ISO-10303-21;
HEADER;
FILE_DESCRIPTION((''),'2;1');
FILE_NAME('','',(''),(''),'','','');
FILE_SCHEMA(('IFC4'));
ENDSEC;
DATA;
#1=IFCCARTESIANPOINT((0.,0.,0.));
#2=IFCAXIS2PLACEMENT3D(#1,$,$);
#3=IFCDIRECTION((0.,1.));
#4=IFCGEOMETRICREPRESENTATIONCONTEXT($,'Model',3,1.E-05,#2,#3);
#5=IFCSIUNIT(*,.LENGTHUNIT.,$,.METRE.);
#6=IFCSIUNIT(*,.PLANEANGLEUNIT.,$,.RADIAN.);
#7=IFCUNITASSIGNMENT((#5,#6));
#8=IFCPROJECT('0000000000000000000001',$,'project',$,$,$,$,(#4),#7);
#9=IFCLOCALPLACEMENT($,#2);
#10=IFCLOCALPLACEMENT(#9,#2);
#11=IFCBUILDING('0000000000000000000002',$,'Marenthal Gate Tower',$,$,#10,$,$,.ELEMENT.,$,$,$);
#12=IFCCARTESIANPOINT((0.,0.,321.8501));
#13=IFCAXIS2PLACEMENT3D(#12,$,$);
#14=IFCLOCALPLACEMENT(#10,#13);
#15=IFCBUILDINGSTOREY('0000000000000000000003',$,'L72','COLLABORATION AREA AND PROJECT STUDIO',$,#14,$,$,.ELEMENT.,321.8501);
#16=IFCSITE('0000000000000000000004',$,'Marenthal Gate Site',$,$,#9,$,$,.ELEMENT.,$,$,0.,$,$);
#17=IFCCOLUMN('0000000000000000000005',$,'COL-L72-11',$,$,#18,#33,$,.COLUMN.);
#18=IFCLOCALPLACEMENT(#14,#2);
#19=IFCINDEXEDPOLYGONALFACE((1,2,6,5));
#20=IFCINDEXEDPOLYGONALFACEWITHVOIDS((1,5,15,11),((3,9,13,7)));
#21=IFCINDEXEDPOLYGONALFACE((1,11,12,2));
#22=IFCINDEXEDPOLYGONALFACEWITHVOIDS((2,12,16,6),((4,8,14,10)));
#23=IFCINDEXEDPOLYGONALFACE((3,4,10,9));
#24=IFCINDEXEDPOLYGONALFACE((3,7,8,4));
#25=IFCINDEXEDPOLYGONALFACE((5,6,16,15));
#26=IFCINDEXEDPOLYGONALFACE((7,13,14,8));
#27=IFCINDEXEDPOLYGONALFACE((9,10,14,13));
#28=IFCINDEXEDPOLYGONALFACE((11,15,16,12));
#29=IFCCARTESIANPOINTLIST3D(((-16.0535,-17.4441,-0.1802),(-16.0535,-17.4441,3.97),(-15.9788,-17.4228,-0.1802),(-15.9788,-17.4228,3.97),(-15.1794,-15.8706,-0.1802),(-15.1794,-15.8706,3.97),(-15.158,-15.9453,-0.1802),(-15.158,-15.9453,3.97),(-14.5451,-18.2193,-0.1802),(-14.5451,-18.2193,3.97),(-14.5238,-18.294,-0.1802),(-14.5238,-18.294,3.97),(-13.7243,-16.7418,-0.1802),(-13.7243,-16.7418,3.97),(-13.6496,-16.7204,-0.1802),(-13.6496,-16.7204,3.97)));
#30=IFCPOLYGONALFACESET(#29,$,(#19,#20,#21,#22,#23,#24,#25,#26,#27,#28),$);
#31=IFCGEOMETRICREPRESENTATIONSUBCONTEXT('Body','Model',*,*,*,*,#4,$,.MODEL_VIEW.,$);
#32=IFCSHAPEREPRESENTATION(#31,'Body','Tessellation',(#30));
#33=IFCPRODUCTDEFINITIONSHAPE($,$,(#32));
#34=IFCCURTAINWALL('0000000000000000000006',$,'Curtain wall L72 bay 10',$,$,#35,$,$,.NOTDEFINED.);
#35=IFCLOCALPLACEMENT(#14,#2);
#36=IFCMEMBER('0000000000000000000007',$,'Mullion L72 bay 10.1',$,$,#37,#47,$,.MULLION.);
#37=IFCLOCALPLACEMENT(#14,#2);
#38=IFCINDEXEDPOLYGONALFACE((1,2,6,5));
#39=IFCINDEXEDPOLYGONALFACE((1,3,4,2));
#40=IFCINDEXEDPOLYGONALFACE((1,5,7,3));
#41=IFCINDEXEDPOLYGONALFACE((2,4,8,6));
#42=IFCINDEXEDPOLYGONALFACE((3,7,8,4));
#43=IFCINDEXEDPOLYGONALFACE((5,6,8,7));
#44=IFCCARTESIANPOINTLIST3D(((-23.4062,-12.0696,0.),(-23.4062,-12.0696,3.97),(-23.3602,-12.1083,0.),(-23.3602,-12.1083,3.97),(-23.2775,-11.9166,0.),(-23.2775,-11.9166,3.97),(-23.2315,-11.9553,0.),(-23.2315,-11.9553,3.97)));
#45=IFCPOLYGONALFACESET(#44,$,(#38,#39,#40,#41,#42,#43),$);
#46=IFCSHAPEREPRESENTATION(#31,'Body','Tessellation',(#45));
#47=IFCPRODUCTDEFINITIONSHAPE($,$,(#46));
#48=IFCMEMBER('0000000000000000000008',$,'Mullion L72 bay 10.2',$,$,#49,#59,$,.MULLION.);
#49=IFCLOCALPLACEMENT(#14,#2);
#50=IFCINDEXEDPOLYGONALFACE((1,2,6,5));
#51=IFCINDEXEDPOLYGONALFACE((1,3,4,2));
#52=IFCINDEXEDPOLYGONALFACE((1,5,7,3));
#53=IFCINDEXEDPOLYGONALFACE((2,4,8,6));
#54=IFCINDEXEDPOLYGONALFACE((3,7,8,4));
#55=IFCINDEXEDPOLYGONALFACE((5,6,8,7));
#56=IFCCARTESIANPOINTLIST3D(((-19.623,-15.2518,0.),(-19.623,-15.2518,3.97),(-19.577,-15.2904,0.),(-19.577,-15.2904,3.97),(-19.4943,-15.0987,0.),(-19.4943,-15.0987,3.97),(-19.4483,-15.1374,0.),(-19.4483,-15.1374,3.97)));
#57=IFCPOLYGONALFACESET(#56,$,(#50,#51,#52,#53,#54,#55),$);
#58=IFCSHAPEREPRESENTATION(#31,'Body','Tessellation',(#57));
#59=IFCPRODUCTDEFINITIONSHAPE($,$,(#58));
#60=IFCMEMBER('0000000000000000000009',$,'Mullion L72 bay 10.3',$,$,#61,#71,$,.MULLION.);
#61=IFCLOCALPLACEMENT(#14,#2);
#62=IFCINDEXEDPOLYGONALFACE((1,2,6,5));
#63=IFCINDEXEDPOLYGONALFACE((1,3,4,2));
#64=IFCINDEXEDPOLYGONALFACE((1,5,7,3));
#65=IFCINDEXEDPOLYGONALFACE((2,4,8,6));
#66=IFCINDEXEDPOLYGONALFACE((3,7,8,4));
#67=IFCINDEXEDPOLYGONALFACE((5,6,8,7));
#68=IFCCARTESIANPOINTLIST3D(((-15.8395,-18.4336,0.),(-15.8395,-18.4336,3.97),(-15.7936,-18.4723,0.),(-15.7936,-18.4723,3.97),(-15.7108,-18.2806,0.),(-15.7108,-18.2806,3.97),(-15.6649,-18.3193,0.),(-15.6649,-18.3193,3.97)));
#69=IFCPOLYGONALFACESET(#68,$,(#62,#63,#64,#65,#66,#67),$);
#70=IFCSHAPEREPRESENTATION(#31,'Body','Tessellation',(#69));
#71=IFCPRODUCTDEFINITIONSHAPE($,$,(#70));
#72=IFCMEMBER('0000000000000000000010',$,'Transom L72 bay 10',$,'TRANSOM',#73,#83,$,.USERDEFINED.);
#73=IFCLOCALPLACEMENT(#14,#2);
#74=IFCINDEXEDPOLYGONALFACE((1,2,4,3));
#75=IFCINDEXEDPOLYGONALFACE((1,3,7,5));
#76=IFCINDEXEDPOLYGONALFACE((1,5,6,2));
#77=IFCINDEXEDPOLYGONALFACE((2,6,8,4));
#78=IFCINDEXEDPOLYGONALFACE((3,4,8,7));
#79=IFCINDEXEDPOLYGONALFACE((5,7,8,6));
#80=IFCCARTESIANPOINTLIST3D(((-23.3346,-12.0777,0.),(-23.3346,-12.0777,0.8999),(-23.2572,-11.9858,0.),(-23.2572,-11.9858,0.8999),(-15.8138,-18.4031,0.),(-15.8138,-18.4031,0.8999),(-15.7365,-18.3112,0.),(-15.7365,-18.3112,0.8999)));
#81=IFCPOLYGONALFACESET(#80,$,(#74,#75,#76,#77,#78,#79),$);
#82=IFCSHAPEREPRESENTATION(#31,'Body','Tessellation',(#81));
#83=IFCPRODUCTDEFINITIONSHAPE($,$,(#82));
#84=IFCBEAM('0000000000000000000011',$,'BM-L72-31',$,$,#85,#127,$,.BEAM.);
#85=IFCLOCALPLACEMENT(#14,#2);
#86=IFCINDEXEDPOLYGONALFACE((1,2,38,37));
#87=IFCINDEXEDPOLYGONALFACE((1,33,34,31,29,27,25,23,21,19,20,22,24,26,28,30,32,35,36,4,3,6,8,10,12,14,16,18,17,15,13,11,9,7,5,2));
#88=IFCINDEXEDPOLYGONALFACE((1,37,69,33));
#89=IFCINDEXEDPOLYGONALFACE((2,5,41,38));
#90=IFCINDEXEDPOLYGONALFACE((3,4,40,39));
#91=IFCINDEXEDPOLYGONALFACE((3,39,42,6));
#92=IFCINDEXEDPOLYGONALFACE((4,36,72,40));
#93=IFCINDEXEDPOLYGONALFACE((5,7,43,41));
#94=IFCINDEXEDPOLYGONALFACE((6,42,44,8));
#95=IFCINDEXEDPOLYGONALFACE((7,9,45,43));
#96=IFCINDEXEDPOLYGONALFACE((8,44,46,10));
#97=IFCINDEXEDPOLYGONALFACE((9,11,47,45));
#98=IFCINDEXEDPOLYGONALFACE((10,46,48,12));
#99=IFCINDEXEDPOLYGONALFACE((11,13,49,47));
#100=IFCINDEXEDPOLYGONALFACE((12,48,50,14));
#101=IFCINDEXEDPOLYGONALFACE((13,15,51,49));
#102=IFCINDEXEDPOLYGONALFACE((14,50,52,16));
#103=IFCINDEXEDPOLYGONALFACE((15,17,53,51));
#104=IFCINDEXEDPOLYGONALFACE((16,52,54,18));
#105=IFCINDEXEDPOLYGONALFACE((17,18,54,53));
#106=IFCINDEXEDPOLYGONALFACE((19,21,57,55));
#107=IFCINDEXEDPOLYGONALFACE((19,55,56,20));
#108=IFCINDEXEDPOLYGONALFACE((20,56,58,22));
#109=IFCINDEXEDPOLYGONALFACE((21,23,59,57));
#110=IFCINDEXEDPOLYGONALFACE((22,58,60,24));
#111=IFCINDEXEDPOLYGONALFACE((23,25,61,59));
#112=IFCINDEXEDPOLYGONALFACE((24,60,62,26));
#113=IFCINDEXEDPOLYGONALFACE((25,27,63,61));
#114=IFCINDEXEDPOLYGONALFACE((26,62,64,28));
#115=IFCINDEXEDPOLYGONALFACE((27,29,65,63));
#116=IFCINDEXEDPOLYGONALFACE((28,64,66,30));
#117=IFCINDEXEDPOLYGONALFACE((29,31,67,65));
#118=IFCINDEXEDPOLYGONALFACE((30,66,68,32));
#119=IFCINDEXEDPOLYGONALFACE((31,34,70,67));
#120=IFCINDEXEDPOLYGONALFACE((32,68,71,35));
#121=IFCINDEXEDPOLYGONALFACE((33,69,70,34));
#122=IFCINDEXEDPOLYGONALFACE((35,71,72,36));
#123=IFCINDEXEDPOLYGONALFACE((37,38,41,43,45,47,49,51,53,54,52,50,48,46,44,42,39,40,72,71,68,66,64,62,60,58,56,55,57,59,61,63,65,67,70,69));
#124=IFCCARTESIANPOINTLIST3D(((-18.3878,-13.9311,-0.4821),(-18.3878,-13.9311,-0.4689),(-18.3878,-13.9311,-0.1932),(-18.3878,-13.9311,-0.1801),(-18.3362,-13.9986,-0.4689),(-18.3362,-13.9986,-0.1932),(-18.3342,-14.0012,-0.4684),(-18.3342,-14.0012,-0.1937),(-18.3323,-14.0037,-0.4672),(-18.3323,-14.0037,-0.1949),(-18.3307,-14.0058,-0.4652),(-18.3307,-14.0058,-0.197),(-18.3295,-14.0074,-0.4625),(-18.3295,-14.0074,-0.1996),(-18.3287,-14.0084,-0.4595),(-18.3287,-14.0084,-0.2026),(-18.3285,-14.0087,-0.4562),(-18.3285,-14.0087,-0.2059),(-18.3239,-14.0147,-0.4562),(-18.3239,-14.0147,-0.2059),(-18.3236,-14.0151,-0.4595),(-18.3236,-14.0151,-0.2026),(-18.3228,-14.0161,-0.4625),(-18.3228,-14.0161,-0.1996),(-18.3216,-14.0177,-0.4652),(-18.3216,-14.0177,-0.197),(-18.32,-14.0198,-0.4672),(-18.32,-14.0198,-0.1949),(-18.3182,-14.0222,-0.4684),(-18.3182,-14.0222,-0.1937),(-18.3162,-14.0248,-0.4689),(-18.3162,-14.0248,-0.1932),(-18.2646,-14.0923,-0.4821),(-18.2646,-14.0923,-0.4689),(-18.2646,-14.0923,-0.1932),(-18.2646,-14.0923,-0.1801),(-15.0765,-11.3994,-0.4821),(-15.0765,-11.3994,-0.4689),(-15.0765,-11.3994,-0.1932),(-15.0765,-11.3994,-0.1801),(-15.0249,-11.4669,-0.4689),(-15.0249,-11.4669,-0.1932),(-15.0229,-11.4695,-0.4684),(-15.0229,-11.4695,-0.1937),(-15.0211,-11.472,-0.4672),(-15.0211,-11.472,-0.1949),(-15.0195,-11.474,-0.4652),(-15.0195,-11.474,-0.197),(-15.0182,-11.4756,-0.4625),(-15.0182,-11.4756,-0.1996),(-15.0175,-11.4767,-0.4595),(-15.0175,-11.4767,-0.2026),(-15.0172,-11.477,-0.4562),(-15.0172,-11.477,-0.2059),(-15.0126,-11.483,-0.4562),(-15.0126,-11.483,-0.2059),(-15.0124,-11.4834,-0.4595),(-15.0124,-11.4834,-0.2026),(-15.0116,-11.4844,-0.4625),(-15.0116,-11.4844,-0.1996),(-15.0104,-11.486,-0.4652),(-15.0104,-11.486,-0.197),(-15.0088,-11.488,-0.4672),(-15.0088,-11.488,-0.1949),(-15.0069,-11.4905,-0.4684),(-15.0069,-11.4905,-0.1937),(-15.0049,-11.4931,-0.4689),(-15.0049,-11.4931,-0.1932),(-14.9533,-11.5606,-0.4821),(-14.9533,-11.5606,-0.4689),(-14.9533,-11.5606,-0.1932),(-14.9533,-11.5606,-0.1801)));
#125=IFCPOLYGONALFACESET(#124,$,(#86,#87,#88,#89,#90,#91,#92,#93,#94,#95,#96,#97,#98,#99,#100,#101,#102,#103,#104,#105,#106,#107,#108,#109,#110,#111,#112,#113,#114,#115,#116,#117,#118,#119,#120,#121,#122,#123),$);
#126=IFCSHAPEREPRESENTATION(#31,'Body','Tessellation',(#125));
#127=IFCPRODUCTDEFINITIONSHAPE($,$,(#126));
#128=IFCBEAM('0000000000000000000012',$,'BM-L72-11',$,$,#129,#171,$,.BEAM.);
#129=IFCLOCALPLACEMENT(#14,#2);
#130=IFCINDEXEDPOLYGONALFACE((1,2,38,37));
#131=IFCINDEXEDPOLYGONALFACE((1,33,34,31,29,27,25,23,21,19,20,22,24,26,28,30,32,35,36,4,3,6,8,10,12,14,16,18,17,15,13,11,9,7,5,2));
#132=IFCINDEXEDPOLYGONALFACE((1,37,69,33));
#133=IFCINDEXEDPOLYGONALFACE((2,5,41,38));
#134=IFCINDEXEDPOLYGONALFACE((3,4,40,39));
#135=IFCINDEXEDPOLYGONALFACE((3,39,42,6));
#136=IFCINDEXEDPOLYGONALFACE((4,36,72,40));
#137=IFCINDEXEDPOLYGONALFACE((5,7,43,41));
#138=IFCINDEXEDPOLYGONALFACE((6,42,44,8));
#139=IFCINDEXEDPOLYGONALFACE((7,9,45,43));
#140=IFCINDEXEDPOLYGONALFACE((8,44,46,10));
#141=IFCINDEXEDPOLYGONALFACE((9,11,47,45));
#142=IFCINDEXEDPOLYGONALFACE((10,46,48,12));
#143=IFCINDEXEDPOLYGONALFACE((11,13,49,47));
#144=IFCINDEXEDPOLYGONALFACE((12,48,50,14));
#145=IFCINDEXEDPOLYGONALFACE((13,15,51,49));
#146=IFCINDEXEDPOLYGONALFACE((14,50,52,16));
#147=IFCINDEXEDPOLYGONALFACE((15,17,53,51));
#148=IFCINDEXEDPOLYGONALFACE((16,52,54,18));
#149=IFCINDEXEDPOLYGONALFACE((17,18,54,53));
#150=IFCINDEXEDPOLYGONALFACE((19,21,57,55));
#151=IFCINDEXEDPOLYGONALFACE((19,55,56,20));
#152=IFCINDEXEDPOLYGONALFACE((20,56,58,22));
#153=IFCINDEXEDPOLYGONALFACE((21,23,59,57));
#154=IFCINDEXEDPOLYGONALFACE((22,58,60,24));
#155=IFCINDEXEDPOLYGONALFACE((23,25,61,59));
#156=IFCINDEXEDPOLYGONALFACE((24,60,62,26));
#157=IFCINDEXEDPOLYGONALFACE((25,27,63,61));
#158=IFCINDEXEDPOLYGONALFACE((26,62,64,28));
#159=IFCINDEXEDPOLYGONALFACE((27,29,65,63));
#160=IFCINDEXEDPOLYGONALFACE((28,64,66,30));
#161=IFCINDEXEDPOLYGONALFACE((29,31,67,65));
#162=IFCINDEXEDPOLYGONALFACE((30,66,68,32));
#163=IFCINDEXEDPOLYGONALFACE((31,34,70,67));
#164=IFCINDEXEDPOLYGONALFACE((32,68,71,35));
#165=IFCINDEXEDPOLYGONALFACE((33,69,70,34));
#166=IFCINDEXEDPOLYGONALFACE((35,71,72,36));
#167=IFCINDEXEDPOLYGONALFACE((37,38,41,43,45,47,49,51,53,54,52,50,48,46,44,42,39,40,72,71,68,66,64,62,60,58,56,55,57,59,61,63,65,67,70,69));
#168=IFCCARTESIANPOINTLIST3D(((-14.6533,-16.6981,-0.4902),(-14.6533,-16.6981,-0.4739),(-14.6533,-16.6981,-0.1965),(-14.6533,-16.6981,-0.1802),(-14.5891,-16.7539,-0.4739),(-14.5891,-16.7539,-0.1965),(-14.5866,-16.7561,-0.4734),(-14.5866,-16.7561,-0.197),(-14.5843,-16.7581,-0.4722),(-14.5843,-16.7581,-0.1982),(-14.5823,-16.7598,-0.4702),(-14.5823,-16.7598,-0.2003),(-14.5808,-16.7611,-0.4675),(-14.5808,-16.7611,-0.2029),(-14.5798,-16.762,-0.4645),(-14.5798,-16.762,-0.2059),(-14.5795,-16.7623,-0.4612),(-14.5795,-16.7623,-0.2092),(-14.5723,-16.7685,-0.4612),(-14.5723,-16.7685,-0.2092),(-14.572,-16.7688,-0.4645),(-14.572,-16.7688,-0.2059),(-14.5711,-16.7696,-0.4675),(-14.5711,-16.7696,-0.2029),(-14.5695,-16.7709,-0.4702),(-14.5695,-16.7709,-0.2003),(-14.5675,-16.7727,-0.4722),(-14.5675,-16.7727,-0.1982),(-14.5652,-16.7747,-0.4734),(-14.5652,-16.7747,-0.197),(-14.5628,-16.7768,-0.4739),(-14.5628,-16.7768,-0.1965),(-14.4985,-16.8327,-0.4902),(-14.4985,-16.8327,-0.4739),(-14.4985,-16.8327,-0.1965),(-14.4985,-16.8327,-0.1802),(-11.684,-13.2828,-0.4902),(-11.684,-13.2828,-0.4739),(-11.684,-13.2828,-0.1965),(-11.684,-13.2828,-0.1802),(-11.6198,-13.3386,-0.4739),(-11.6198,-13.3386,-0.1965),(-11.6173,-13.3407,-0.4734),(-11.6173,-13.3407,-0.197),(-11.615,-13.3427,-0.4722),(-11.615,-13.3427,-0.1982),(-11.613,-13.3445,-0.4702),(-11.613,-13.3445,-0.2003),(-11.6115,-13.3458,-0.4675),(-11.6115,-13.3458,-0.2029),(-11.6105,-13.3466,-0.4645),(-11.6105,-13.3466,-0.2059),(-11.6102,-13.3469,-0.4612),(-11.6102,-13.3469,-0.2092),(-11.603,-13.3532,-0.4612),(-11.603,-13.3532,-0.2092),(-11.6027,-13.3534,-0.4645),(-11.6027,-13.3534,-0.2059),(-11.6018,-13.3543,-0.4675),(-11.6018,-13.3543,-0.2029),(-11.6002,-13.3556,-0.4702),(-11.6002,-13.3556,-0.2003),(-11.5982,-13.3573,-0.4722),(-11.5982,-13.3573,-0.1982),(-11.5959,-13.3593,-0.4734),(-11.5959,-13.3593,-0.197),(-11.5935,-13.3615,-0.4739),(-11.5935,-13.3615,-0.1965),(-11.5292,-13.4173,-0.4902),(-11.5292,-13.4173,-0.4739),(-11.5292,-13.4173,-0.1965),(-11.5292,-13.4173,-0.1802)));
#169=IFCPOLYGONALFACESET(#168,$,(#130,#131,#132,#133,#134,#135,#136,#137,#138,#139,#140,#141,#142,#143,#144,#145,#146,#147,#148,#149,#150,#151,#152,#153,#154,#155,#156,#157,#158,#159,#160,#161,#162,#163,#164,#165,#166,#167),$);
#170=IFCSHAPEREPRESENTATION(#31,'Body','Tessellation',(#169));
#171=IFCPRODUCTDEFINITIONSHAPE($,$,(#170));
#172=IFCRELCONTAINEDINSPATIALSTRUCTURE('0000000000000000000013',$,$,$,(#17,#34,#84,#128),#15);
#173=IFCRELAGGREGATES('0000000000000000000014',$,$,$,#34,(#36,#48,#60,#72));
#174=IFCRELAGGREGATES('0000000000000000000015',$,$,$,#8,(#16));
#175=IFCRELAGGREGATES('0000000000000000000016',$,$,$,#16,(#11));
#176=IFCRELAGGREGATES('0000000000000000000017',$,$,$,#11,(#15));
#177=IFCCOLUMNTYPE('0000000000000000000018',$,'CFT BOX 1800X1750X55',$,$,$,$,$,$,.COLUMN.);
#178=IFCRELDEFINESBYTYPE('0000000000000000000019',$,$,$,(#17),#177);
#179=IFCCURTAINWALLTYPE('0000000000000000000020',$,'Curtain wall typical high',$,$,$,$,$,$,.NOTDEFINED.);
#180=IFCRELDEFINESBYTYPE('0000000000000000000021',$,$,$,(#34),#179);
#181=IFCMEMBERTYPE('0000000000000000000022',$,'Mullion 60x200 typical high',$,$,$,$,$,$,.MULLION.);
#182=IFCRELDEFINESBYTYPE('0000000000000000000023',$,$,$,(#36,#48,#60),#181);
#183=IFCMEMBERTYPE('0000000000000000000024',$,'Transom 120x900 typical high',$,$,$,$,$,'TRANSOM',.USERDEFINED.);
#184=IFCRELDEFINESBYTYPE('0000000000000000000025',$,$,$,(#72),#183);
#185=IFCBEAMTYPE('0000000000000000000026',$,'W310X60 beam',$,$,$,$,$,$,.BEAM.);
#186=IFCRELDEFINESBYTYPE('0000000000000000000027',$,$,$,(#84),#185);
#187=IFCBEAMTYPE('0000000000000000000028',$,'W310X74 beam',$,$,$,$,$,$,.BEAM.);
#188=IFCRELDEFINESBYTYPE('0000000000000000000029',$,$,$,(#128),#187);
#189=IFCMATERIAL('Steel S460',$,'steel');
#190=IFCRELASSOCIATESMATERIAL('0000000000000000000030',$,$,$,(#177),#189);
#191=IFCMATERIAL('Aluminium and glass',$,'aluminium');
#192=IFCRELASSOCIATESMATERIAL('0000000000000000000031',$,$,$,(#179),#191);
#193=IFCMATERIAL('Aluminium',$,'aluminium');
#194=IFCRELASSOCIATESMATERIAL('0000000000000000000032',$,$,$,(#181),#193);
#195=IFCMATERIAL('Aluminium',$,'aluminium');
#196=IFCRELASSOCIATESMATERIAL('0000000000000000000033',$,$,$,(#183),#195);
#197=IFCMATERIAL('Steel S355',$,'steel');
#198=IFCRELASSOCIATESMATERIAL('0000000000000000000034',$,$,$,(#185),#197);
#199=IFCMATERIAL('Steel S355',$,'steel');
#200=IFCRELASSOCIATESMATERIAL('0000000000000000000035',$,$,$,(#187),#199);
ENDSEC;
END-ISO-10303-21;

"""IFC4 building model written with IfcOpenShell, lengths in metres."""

from ifc_helpers import new_model, si_unit, direction, frame, origin, origin_2d, place, context, subcontext, project, spatial, rectangle, hollow_rectangle, i_section, extrude, material, material_profile, profile_set, type_object, element, aggregate, save


model = new_model("IFC4")

# Units and contexts
model_context = context("Model", 3, precision=1e-05, world=origin(), true_north=direction((0.0, 1.0)))
body_context = subcontext(model_context, "Body", "Model", "MODEL_VIEW")
ifc_project = project(units=[si_unit("LENGTHUNIT", "METRE"), si_unit("PLANEANGLEUNIT", "RADIAN")], contexts=[model_context])

# Site, building, storey
site_placement = place(None, origin())
site = spatial("IfcSite", under=ifc_project, at=site_placement, Name="Marenthal Gate Site", CompositionType="ELEMENT", RefElevation=0.0)
building_placement = place(site_placement, origin())
building = spatial("IfcBuilding", under=site, at=building_placement, Name="Marenthal Gate Tower", CompositionType="ELEMENT")
storey_placement = place(building_placement, frame((0.0, 0.0, 321.8501)))
storey = spatial("IfcBuildingStorey", under=building, at=storey_placement, Name="L72", Description="COLLABORATION AREA AND PROJECT STUDIO", CompositionType="ELEMENT", Elevation=321.8501)

# Column
ifc_material_1 = material(Name="Steel S460", Category="steel")
ifc_material_profile_1 = material_profile(ifc_material_1, hollow_rectangle(XDim=1.75, YDim=1.8, WallThickness=0.0549, at=origin_2d()), Name="CFT BOX 1800X1750X55")
ifc_material_2 = material(Name="Concrete 70 MPa", Category="concrete")
ifc_material_profile_2 = material_profile(ifc_material_2, rectangle(XDim=1.6399, YDim=1.6899, at=origin_2d()), Name="CFT BOX 1800X1750X55 INFILL")
ifc_profile_set_1 = profile_set([ifc_material_profile_1, ifc_material_profile_2], Name="Steel S460 shell, Concrete 70 MPa infill")
column_type = type_object("IfcColumnType", Name="CFT BOX 1800X1750X55", PredefinedType="COLUMN", material=ifc_profile_set_1)
column_placement = place(storey_placement, frame((-14.8516, -17.0823, -0.1802), z_axis=(0.0, 0.0, 1.0), x_axis=(-0.874163, 0.485632, 0.0)))
element("IfcColumn", 1, at=column_placement, inside=storey, type_object=column_type, Name="COL-L72-11", PredefinedType="COLUMN", context=body_context, shape_type="SweptSolid", body=[
    extrude(hollow_rectangle(XDim=1.75, YDim=1.8, WallThickness=0.0549, at=origin_2d()), origin(), (0.0, 0.0, 1.0), 4.1501),
])

# Curtain wall, members
ifc_material_3 = material(Name="Aluminium and glass", Category="aluminium")
curtain_wall_type = type_object("IfcCurtainWallType", Name="Curtain wall typical high", PredefinedType="NOTDEFINED", material=ifc_material_3)
curtain_wall_placement = place(storey_placement, origin())
curtain_wall = element("IfcCurtainWall", 2, at=curtain_wall_placement, inside=storey, type_object=curtain_wall_type, Name="Curtain wall L72 bay 10", PredefinedType="NOTDEFINED")
ifc_material_4 = material(Name="Aluminium", Category="aluminium")
ifc_material_profile_3 = material_profile(ifc_material_4, rectangle(XDim=0.2, YDim=0.0601, at=origin_2d()), Name="60x200 aluminium mullion")
ifc_profile_set_2 = profile_set([ifc_material_profile_3], Name="Aluminium")
member_type_1 = type_object("IfcMemberType", Name="Mullion 60x200 typical high", PredefinedType="MULLION", material=ifc_profile_set_2)
member_1_placement = place(storey_placement, frame((-23.3188, -12.0125, 0.0), z_axis=(0.0, 0.0, 1.0), x_axis=(0.643676, 0.765298, 0.0)))
member_1 = element("IfcMember", 3, at=member_1_placement, type_object=member_type_1, Name="Mullion L72 bay 10.1", PredefinedType="MULLION", context=body_context, shape_type="SweptSolid", body=[
    extrude(rectangle(XDim=0.2, YDim=0.0601, at=origin_2d()), origin(), (0.0, 0.0, 1.0), 3.97),
])
member_2_placement = place(storey_placement, frame((-19.5356, -15.1946, 0.0), z_axis=(0.0, 0.0, 1.0), x_axis=(0.643676, 0.765298, 0.0)))
member_2 = element("IfcMember", 4, at=member_2_placement, type_object=member_type_1, Name="Mullion L72 bay 10.2", PredefinedType="MULLION", context=body_context, shape_type="SweptSolid", body=[
    extrude(rectangle(XDim=0.2, YDim=0.0601, at=origin_2d()), origin(), (0.0, 0.0, 1.0), 3.97),
])
member_3_placement = place(storey_placement, frame((-15.7522, -18.3765, 0.0), z_axis=(0.0, 0.0, 1.0), x_axis=(0.643676, 0.765298, 0.0)))
member_3 = element("IfcMember", 5, at=member_3_placement, type_object=member_type_1, Name="Mullion L72 bay 10.3", PredefinedType="MULLION", context=body_context, shape_type="SweptSolid", body=[
    extrude(rectangle(XDim=0.2, YDim=0.0601, at=origin_2d()), origin(), (0.0, 0.0, 1.0), 3.97),
])
ifc_material_5 = material(Name="Aluminium", Category="aluminium")
ifc_material_profile_4 = material_profile(ifc_material_5, rectangle(XDim=0.1201, YDim=0.8999, at=origin_2d()), Name="120x900 aluminium transom")
ifc_profile_set_3 = profile_set([ifc_material_profile_4], Name="Aluminium")
member_type_2 = type_object("IfcMemberType", Name="Transom 120x900 typical high", ElementType="TRANSOM", PredefinedType="USERDEFINED", material=ifc_profile_set_3)
member_4_placement = place(storey_placement, frame((-23.2959, -12.0317, 0.45), z_axis=(0.765303, -0.64367, 0.0), x_axis=(0.64367, 0.765303, 0.0)))
member_4 = element("IfcMember", 6, at=member_4_placement, type_object=member_type_2, Name="Transom L72 bay 10", ObjectType="TRANSOM", PredefinedType="USERDEFINED", context=body_context, shape_type="SweptSolid", body=[
    extrude(rectangle(XDim=0.1201, YDim=0.8999, at=origin_2d()), origin(), (0.0, 0.0, 1.0), 9.8271),
])

# Beams
ifc_material_6 = material(Name="Steel S355", Category="steel")
ifc_material_profile_5 = material_profile(ifc_material_6, i_section(OverallWidth=0.2029, OverallDepth=0.302, WebThickness=0.0076, FlangeThickness=0.0132, FilletRadius=0.0127, at=origin_2d()), Name="W310X60")
ifc_profile_set_4 = profile_set([ifc_material_profile_5], Name="Steel S355")
beam_type_1 = type_object("IfcBeamType", Name="W310X60 beam", PredefinedType="BEAM", material=ifc_profile_set_4)
beam_1_placement = place(storey_placement, frame((-18.3262, -14.0117, -0.3311), z_axis=(0.794406, 0.607387, 0.0), x_axis=(-0.607387, 0.794406, 0.0)))
element("IfcBeam", 7, at=beam_1_placement, inside=storey, type_object=beam_type_1, Name="BM-L72-31", PredefinedType="BEAM", context=body_context, shape_type="SweptSolid", body=[
    extrude(i_section(OverallWidth=0.2029, OverallDepth=0.302, WebThickness=0.0076, FlangeThickness=0.0132, FilletRadius=0.0127, at=origin_2d()), origin(), (0.0, 0.0, 1.0), 4.1682),
])
ifc_material_7 = material(Name="Steel S355", Category="steel")
ifc_material_profile_6 = material_profile(ifc_material_7, i_section(OverallWidth=0.2051, OverallDepth=0.3101, WebThickness=0.0095, FlangeThickness=0.0164, FilletRadius=0.0127, at=origin_2d()), Name="W310X74")
ifc_profile_set_5 = profile_set([ifc_material_profile_6], Name="Steel S355")
beam_type_2 = type_object("IfcBeamType", Name="W310X74 beam", PredefinedType="BEAM", material=ifc_profile_set_5)
beam_2_placement = place(storey_placement, frame((-14.5759, -16.7654, -0.3352), z_axis=(0.656107, 0.754668, 0.0), x_axis=(-0.754668, 0.656107, 0.0)))
element("IfcBeam", 8, at=beam_2_placement, inside=storey, type_object=beam_type_2, Name="BM-L72-11", PredefinedType="BEAM", context=body_context, shape_type="SweptSolid", body=[
    extrude(i_section(OverallWidth=0.2051, OverallDepth=0.3101, WebThickness=0.0095, FlangeThickness=0.0164, FilletRadius=0.0127, at=origin_2d()), origin(), (0.0, 0.0, 1.0), 4.5256),
])

aggregate(curtain_wall, [member_1, member_2, member_3, member_4])

save(model, "model.ifc")
